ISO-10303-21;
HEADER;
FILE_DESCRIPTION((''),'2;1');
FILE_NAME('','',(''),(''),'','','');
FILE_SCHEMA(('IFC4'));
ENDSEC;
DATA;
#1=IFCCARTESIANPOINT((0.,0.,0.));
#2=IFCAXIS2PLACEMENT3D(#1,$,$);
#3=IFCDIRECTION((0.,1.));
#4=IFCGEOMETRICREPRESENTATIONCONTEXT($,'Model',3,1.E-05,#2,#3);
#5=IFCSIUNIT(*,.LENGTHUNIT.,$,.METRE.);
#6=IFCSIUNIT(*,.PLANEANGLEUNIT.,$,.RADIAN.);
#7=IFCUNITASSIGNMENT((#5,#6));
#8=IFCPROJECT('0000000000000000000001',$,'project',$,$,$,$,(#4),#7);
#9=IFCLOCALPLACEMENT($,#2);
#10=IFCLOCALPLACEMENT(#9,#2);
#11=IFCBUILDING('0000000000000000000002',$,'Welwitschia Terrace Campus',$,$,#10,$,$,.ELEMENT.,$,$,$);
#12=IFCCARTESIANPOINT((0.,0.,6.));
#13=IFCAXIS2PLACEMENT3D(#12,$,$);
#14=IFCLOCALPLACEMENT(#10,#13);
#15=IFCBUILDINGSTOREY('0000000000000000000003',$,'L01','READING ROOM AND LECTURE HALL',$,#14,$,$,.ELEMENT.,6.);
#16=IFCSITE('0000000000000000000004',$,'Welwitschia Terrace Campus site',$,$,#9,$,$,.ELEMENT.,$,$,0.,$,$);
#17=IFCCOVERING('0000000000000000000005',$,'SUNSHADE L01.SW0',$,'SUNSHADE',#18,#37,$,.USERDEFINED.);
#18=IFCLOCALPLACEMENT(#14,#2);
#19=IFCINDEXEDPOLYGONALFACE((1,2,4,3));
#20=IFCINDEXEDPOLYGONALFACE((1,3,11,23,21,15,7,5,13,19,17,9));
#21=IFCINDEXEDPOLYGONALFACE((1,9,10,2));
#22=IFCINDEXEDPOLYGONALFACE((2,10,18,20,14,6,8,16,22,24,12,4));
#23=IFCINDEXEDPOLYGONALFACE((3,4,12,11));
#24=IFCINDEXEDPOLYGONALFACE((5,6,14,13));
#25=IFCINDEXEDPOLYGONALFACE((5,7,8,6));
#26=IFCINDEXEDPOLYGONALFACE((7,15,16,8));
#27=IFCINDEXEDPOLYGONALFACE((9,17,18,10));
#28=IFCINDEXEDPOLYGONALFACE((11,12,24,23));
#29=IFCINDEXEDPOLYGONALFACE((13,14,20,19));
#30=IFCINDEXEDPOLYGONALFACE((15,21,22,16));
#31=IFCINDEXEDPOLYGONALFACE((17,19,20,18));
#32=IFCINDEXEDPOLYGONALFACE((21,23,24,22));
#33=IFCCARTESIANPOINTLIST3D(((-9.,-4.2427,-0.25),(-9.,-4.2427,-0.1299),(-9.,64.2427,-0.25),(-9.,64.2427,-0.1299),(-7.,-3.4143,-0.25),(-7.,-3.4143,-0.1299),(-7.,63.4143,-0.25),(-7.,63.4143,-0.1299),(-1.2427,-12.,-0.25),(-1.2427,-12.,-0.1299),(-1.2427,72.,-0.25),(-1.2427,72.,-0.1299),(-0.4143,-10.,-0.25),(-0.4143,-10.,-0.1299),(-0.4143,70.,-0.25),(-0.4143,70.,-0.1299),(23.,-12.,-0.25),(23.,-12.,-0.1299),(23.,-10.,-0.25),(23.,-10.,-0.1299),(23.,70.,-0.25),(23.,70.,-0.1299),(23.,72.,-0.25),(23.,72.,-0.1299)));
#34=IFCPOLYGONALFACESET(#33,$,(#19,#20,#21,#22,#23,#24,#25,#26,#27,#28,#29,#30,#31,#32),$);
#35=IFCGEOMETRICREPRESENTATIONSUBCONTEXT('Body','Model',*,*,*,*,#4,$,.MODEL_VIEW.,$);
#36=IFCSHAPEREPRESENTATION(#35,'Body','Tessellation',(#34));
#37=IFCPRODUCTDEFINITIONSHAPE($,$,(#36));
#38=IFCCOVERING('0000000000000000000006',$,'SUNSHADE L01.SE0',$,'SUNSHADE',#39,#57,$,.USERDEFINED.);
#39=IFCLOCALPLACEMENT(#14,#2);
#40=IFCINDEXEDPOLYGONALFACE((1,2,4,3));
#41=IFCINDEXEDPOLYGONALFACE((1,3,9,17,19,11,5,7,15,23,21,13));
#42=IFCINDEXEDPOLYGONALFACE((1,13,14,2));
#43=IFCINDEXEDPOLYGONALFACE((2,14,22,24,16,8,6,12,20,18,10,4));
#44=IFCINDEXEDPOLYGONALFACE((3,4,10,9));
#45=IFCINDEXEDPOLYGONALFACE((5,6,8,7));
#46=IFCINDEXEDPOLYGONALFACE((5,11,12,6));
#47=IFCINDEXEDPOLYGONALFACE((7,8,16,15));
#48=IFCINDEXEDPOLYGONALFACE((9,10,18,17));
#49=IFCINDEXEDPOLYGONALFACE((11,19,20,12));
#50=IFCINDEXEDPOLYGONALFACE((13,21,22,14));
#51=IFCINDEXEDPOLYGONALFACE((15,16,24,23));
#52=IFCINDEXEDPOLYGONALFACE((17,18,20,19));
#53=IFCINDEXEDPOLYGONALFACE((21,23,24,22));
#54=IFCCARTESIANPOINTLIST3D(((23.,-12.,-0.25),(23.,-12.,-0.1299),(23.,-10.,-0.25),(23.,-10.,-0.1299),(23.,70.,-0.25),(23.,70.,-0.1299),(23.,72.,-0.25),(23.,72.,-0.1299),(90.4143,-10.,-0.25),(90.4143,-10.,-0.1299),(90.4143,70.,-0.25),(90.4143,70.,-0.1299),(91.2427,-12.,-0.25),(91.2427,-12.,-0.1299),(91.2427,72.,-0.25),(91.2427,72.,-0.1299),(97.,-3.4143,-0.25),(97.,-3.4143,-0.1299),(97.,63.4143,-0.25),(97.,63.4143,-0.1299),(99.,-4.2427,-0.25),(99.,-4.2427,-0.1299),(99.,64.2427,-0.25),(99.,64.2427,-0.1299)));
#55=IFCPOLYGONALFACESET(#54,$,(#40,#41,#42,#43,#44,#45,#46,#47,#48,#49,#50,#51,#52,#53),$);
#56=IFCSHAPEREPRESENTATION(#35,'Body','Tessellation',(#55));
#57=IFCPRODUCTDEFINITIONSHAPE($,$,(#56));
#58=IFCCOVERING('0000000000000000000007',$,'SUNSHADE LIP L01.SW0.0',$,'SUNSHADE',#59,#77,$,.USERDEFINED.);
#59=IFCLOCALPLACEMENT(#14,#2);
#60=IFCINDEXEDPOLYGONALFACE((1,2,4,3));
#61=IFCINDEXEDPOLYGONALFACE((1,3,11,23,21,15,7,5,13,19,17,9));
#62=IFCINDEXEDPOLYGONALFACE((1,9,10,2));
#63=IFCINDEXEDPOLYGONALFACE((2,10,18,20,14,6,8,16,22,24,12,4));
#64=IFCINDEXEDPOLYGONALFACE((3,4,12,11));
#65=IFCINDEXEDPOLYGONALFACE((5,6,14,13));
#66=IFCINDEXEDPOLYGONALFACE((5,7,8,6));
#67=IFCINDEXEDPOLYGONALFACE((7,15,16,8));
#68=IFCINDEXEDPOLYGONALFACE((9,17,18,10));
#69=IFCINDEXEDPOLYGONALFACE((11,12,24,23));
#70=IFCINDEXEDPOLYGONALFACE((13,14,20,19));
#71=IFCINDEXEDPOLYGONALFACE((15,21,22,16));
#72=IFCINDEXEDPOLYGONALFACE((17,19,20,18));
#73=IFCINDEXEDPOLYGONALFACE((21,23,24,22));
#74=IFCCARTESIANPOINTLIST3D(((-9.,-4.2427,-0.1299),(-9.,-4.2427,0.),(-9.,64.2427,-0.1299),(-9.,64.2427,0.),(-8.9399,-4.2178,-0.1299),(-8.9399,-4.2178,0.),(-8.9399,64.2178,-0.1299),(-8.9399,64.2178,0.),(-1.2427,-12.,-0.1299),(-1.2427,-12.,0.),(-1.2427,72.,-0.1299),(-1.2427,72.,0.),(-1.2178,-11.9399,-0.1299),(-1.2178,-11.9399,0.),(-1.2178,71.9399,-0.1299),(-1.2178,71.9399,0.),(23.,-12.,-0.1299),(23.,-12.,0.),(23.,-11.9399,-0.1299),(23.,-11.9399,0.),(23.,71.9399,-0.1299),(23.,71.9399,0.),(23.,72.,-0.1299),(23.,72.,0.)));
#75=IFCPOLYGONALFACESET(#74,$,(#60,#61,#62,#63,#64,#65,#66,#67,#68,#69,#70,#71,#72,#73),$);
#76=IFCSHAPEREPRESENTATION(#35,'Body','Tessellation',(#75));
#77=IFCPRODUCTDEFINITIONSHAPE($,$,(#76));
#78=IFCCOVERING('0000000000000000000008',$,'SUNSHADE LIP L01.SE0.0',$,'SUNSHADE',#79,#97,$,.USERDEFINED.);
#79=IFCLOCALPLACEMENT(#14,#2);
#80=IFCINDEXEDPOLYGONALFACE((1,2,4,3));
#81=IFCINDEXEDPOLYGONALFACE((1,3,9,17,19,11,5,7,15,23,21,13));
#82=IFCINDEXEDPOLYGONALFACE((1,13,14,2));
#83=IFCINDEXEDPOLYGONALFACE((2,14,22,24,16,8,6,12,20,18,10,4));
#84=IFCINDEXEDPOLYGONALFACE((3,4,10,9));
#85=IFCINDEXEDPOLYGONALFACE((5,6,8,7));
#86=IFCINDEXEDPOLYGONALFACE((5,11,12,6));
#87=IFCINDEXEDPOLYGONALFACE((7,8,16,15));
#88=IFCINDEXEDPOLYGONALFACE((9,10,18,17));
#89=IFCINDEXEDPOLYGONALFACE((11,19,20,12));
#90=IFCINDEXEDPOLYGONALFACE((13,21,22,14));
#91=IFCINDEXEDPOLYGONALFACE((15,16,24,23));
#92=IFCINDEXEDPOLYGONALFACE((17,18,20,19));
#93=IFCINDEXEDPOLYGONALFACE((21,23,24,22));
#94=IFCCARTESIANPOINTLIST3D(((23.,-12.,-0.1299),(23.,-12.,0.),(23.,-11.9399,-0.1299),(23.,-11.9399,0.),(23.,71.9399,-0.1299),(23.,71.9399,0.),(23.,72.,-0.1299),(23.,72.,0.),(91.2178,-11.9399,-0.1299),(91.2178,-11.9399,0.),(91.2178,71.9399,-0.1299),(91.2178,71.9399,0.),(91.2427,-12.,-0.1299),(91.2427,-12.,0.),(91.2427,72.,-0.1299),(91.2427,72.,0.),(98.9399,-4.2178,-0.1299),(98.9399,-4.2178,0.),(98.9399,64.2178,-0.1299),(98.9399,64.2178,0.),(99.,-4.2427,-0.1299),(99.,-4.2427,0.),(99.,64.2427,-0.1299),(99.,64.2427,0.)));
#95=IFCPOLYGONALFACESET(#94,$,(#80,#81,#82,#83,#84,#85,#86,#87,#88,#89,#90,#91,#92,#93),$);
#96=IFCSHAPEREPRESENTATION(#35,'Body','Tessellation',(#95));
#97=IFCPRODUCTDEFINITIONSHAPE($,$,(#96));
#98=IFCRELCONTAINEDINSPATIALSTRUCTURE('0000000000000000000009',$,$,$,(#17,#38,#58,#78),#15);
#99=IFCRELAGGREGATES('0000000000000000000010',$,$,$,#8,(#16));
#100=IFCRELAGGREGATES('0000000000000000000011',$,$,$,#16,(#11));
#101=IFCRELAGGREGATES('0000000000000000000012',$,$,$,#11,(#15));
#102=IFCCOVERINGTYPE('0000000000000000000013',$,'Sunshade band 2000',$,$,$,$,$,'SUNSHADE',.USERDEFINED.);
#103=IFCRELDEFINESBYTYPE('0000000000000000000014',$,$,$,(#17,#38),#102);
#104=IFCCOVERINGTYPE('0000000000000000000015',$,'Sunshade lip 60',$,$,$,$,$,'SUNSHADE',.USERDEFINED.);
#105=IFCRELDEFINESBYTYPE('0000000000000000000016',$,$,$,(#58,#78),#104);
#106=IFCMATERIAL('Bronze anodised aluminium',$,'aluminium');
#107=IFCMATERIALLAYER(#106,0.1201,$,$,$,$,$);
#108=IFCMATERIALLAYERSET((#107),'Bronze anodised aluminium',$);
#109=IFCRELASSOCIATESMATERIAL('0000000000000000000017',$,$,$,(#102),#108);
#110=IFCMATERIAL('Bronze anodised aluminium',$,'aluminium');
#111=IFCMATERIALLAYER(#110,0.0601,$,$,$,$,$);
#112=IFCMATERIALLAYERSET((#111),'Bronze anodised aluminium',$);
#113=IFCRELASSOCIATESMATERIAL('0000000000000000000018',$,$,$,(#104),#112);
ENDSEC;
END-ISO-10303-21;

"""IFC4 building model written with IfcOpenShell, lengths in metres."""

from ifc_helpers import new_model, si_unit, direction, frame, origin, place, context, subcontext, project, spatial, polyline, outline, extrude, material, layer, layer_set, type_object, element, save


model = new_model("IFC4")

# Units and contexts
model_context = context("Model", 3, precision=1e-05, world=origin(), true_north=direction((0.0, 1.0)))
body_context = subcontext(model_context, "Body", "Model", "MODEL_VIEW")
ifc_project = project(units=[si_unit("LENGTHUNIT", "METRE"), si_unit("PLANEANGLEUNIT", "RADIAN")], contexts=[model_context])

# Site, building, storey
site_placement = place(None, origin())
site = spatial("IfcSite", under=ifc_project, at=site_placement, Name="Welwitschia Terrace Campus site", CompositionType="ELEMENT", RefElevation=0.0)
building_placement = place(site_placement, origin())
building = spatial("IfcBuilding", under=site, at=building_placement, Name="Welwitschia Terrace Campus", CompositionType="ELEMENT")
storey_placement = place(building_placement, frame((0.0, 0.0, 6.0)))
storey = spatial("IfcBuildingStorey", under=building, at=storey_placement, Name="L01", Description="READING ROOM AND LECTURE HALL", CompositionType="ELEMENT", Elevation=6.0)

# Coverings
ifc_material_1 = material(Name="Bronze anodised aluminium", Category="aluminium")
ifc_layer_1 = layer(ifc_material_1, 0.1201)
ifc_layer_set_1 = layer_set([ifc_layer_1], Name="Bronze anodised aluminium")
covering_type_1 = type_object("IfcCoveringType", Name="Sunshade band 2000", ElementType="SUNSHADE", PredefinedType="USERDEFINED", material=ifc_layer_set_1)
covering_1_placement = place(storey_placement, frame((0.0, 0.0, -0.25)))
element("IfcCovering", 1, at=covering_1_placement, inside=storey, type_object=covering_type_1, Name="SUNSHADE L01.SW0", ObjectType="SUNSHADE", PredefinedType="USERDEFINED", context=body_context, shape_type="SweptSolid", body=[
    extrude(outline(polyline([(-9.0, 64.2427), (-1.2427, 72.0), (23.0, 72.0), (23.0, 70.0), (-0.4143, 70.0), (-7.0, 63.4143), (-7.0, -3.4143), (-0.4143, -10.0), (23.0, -10.0), (23.0, -12.0), (-1.2427, -12.0), (-9.0, -4.2427), (-9.0, 64.2427)])), origin(), (0.0, 0.0, 1.0), 0.1201),
])
covering_2_placement = place(storey_placement, frame((0.0, 0.0, -0.25)))
element("IfcCovering", 2, at=covering_2_placement, inside=storey, type_object=covering_type_1, Name="SUNSHADE L01.SE0", ObjectType="SUNSHADE", PredefinedType="USERDEFINED", context=body_context, shape_type="SweptSolid", body=[
    extrude(outline(polyline([(91.2427, 72.0), (99.0, 64.2427), (99.0, -4.2427), (91.2427, -12.0), (23.0, -12.0), (23.0, -10.0), (90.4143, -10.0), (97.0, -3.4143), (97.0, 63.4143), (90.4143, 70.0), (23.0, 70.0), (23.0, 72.0), (91.2427, 72.0)])), origin(), (0.0, 0.0, 1.0), 0.1201),
])
ifc_material_2 = material(Name="Bronze anodised aluminium", Category="aluminium")
ifc_layer_2 = layer(ifc_material_2, 0.0601)
ifc_layer_set_2 = layer_set([ifc_layer_2], Name="Bronze anodised aluminium")
covering_type_2 = type_object("IfcCoveringType", Name="Sunshade lip 60", ElementType="SUNSHADE", PredefinedType="USERDEFINED", material=ifc_layer_set_2)
covering_3_placement = place(storey_placement, frame((0.0, 0.0, -0.1299)))
element("IfcCovering", 3, at=covering_3_placement, inside=storey, type_object=covering_type_2, Name="SUNSHADE LIP L01.SW0.0", ObjectType="SUNSHADE", PredefinedType="USERDEFINED", context=body_context, shape_type="SweptSolid", body=[
    extrude(outline(polyline([(-1.2427, 72.0), (23.0, 72.0), (23.0, 71.9399), (-1.2178, 71.9399), (-8.9399, 64.2178), (-8.9399, -4.2178), (-1.2178, -11.9399), (23.0, -11.9399), (23.0, -12.0), (-1.2427, -12.0), (-9.0, -4.2427), (-9.0, 64.2427), (-1.2427, 72.0)])), origin(), (0.0, 0.0, 1.0), 0.1299),
])
covering_4_placement = place(storey_placement, frame((0.0, 0.0, -0.1299)))
element("IfcCovering", 4, at=covering_4_placement, inside=storey, type_object=covering_type_2, Name="SUNSHADE LIP L01.SE0.0", ObjectType="SUNSHADE", PredefinedType="USERDEFINED", context=body_context, shape_type="SweptSolid", body=[
    extrude(outline(polyline([(99.0, 64.2427), (99.0, -4.2427), (91.2427, -12.0), (23.0, -12.0), (23.0, -11.9399), (91.2178, -11.9399), (98.9399, -4.2178), (98.9399, 64.2178), (91.2178, 71.9399), (23.0, 71.9399), (23.0, 72.0), (91.2427, 72.0), (99.0, 64.2427)])), origin(), (0.0, 0.0, 1.0), 0.1299),
])

save(model, "model.ifc")
